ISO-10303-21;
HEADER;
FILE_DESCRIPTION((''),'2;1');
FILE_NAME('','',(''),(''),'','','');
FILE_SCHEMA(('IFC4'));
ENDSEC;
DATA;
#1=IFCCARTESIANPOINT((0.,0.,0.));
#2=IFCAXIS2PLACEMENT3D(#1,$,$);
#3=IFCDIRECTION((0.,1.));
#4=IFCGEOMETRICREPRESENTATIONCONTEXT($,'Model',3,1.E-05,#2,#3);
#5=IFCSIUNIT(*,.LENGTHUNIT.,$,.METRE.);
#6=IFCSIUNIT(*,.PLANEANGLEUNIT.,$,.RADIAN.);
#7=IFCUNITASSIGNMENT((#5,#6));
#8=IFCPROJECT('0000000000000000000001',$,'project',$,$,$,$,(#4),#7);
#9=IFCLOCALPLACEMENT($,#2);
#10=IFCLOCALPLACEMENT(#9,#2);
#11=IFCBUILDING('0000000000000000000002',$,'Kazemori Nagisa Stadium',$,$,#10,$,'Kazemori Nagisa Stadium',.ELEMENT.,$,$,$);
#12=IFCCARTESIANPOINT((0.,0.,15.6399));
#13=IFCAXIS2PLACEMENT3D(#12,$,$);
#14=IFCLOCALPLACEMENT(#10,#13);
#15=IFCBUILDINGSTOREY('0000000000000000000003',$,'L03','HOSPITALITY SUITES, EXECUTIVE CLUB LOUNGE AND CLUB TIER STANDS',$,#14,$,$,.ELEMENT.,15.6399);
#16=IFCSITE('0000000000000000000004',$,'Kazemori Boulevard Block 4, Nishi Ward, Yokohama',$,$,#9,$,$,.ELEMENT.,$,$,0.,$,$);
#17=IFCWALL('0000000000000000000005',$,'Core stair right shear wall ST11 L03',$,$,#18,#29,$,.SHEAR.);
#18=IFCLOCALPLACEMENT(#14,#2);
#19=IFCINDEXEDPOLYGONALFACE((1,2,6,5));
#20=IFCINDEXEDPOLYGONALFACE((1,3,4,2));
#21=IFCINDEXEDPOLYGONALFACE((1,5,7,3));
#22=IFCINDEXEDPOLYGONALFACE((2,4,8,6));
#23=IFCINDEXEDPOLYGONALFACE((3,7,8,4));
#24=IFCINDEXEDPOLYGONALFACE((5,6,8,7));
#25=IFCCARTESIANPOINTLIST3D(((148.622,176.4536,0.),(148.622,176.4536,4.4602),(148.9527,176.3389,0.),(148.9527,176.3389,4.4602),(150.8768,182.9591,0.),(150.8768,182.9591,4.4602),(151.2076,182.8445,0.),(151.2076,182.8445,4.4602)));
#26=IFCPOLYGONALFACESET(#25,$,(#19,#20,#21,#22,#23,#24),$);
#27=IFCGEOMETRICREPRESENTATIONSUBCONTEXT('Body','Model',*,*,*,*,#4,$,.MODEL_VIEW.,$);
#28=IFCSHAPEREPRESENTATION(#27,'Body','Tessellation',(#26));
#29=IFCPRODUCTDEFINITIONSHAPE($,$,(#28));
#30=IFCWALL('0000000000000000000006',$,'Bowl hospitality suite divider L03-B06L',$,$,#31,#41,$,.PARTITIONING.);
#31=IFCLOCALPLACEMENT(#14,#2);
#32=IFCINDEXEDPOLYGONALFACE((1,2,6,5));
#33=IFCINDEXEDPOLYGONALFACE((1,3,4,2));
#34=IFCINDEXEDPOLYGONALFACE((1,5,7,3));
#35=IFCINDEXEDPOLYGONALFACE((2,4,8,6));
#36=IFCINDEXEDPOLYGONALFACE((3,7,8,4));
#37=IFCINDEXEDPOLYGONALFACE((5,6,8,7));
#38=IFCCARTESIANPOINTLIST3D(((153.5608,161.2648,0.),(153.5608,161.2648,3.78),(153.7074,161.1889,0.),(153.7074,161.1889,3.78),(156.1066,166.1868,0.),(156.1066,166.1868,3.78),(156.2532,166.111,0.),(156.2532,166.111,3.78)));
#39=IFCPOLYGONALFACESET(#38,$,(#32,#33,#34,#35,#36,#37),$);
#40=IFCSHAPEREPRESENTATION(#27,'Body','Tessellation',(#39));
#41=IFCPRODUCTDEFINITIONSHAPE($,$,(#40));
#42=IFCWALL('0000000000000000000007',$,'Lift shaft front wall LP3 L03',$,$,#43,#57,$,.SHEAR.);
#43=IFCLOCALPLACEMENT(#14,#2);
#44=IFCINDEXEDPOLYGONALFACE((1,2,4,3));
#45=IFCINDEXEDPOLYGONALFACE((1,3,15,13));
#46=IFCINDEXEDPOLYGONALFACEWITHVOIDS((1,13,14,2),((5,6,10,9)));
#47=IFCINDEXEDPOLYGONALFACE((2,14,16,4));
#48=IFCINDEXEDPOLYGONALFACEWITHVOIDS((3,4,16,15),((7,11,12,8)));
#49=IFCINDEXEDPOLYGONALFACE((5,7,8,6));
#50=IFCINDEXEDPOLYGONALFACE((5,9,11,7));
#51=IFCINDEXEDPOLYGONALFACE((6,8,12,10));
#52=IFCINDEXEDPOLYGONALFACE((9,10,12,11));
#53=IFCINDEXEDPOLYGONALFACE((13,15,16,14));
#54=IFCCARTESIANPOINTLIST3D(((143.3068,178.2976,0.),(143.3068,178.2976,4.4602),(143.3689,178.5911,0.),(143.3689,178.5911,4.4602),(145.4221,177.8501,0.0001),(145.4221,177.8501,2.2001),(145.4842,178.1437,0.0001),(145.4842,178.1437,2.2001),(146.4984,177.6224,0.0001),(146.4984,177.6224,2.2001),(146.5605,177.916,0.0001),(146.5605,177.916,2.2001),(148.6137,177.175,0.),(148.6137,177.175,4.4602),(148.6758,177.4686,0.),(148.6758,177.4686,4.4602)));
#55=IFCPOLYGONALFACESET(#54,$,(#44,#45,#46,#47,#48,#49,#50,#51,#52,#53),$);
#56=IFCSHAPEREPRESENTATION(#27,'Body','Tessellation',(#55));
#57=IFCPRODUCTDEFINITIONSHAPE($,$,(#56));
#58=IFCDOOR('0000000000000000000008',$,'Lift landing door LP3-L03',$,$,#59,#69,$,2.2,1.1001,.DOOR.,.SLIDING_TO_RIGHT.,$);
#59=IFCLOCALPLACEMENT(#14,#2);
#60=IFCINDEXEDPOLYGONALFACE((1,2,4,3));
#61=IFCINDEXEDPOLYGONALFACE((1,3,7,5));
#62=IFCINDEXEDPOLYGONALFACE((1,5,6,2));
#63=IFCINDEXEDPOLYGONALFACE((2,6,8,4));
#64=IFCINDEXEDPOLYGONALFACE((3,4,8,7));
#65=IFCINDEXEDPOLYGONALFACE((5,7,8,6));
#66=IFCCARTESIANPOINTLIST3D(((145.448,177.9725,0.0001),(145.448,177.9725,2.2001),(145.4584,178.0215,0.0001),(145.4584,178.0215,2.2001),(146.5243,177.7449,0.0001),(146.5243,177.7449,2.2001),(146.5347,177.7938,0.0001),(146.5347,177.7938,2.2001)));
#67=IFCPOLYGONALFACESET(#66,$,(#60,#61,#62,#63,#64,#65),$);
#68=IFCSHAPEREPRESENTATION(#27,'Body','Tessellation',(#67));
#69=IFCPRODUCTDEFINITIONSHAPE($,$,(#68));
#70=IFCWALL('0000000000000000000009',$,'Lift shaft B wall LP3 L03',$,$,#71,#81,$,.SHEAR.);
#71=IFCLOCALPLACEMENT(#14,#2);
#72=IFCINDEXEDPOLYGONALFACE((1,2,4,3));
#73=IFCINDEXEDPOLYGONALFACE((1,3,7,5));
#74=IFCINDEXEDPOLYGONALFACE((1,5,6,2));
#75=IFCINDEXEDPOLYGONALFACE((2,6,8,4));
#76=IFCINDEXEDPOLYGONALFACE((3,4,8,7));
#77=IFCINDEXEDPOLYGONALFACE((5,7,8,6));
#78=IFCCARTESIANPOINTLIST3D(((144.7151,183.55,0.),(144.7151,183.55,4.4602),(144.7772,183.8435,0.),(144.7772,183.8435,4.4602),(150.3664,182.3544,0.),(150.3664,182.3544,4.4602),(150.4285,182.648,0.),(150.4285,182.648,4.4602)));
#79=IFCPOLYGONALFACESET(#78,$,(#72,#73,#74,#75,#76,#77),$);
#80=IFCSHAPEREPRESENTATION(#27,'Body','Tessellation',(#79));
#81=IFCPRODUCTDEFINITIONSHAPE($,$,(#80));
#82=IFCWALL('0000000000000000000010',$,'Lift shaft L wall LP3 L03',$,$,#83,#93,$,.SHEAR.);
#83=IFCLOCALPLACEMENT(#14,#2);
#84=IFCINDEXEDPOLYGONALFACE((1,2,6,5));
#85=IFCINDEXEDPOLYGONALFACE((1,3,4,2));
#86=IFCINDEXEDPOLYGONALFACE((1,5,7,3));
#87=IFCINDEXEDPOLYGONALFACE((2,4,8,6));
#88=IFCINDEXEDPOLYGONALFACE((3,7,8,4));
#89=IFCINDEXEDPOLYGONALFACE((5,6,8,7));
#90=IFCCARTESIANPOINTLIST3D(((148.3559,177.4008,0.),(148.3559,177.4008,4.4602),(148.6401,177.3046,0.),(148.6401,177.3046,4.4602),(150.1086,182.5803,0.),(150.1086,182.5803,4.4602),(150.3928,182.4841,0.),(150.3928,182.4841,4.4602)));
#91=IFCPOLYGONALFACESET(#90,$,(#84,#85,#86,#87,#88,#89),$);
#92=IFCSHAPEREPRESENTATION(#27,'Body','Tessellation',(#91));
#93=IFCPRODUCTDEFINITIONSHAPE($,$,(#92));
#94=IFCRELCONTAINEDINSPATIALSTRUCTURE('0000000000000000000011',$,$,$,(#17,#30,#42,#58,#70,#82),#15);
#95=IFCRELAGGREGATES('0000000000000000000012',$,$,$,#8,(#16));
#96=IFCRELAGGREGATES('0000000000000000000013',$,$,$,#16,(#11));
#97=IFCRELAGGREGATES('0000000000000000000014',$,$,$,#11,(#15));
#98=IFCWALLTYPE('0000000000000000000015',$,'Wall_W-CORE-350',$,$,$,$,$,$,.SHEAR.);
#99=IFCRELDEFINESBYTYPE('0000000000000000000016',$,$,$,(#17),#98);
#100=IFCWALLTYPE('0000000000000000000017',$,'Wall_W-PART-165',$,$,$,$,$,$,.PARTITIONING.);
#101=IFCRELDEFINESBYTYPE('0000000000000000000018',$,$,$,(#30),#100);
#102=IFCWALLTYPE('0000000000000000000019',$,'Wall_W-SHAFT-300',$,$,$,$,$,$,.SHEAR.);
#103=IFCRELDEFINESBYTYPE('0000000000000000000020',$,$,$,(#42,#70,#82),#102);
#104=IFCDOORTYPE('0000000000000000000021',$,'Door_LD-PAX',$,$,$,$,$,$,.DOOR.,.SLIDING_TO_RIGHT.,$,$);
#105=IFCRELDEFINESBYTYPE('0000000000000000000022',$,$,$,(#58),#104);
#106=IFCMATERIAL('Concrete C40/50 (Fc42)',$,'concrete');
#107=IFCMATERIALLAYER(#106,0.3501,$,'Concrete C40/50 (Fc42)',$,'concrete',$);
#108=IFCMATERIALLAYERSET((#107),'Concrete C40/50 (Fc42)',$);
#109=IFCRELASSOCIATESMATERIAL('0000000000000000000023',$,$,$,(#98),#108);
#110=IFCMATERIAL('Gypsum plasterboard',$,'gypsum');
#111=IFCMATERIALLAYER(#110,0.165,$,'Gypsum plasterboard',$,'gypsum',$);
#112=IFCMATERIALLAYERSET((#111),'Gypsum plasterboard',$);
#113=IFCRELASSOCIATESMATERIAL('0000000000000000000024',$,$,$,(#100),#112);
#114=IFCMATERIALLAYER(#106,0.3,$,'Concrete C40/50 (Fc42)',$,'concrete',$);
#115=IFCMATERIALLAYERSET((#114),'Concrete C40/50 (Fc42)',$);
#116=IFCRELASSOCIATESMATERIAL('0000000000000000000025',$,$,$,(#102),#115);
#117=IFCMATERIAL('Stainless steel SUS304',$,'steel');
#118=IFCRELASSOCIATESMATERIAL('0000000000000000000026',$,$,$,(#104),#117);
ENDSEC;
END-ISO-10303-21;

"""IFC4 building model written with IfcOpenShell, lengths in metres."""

from ifc_helpers import new_model, si_unit, direction, frame, frame_2d, origin, place, context, subcontext, project, spatial, rectangle, extrude, material, layer, layer_set, type_object, element, fill, save


model = new_model("IFC4")

# Units and contexts
model_context = context("Model", 3, precision=1e-05, world=origin(), true_north=direction((0.0, 1.0)))
body_context = subcontext(model_context, "Body", "Model", "MODEL_VIEW")
ifc_project = project(units=[si_unit("LENGTHUNIT", "METRE"), si_unit("PLANEANGLEUNIT", "RADIAN")], contexts=[model_context])

# Site, building, storey
site_placement = place(None, origin())
site = spatial("IfcSite", under=ifc_project, at=site_placement, Name="Kazemori Boulevard Block 4, Nishi Ward, Yokohama", CompositionType="ELEMENT", RefElevation=0.0)
building_placement = place(site_placement, origin())
building = spatial("IfcBuilding", under=site, at=building_placement, Name="Kazemori Nagisa Stadium", LongName="Kazemori Nagisa Stadium", CompositionType="ELEMENT")
storey_placement = place(building_placement, frame((0.0, 0.0, 15.6399)))
storey = spatial("IfcBuildingStorey", under=building, at=storey_placement, Name="L03", Description="HOSPITALITY SUITES, EXECUTIVE CLUB LOUNGE AND CLUB TIER STANDS", CompositionType="ELEMENT", Elevation=15.6399)

# Shared definitions
ifc_material_1 = material(Name="Concrete C40/50 (Fc42)", Category="concrete")

# Walls
ifc_layer_1 = layer(ifc_material_1, 0.3501, Name="Concrete C40/50 (Fc42)", Category="concrete")
ifc_layer_set_1 = layer_set([ifc_layer_1], Name="Concrete C40/50 (Fc42)")
wall_type_1 = type_object("IfcWallType", Name="Wall_W-CORE-350", PredefinedType="SHEAR", material=ifc_layer_set_1)
wall_1_placement = place(storey_placement, frame((148.7874, 176.3962, 0.0), z_axis=(0.0, 0.0, 1.0), x_axis=(0.327492, 0.944854, 0.0)))
element("IfcWall", 1, at=wall_1_placement, inside=storey, type_object=wall_type_1, Name="Core stair right shear wall ST11 L03", PredefinedType="SHEAR", context=body_context, shape_type="SweptSolid", body=[
    extrude(rectangle(XDim=6.8853, YDim=0.3501, at=frame_2d((3.4426, 0.0))), origin(), (0.0, 0.0, 1.0), 4.4602),
])
ifc_material_2 = material(Name="Gypsum plasterboard", Category="gypsum")
ifc_layer_2 = layer(ifc_material_2, 0.165, Name="Gypsum plasterboard", Category="gypsum")
ifc_layer_set_2 = layer_set([ifc_layer_2], Name="Gypsum plasterboard")
wall_type_2 = type_object("IfcWallType", Name="Wall_W-PART-165", PredefinedType="PARTITIONING", material=ifc_layer_set_2)
wall_2_placement = place(storey_placement, frame((156.1799, 166.1489, 0.0), z_axis=(0.0, 0.0, 1.0), x_axis=(-0.459419, -0.88822, 0.0)))
element("IfcWall", 2, at=wall_2_placement, inside=storey, type_object=wall_type_2, Name="Bowl hospitality suite divider L03-B06L", PredefinedType="PARTITIONING", context=body_context, shape_type="SweptSolid", body=[
    extrude(rectangle(XDim=5.5415, YDim=0.165, at=frame_2d((2.7708, 0.0))), origin(), (0.0, 0.0, 1.0), 3.78),
])

# Wall, opening, door
ifc_layer_3 = layer(ifc_material_1, 0.3, Name="Concrete C40/50 (Fc42)", Category="concrete")
ifc_layer_set_3 = layer_set([ifc_layer_3], Name="Concrete C40/50 (Fc42)")
wall_type_3 = type_object("IfcWallType", Name="Wall_W-SHAFT-300", PredefinedType="SHEAR", material=ifc_layer_set_3)
wall_3_placement = place(storey_placement, frame((148.6448, 177.3218, 0.0), z_axis=(0.0, 0.0, 1.0), x_axis=(-0.978352, 0.206949, 0.0)))
wall_3 = element("IfcWall", 3, at=wall_3_placement, inside=storey, type_object=wall_type_3, Name="Lift shaft front wall LP3 L03", PredefinedType="SHEAR", context=body_context, shape_type="SweptSolid", body=[
    extrude(rectangle(XDim=5.4243, YDim=0.3, at=frame_2d((2.7122, 0.0))), origin(), (0.0, 0.0, 1.0), 4.4602),
])
opening_placement = place(wall_3_placement, frame((2.1621, 0.0, 0.0)))
opening = element("IfcOpeningElement", 4, at=opening_placement, cuts=wall_3, PredefinedType="OPENING", context=body_context, shape_type="SweptSolid", body=[
    extrude(rectangle(XDim=1.1001, YDim=2.2, at=frame_2d((0.55, 1.1001))), frame((0.0, 0.1599, 0.0), z_axis=(0.0, -1.0, 0.0), x_axis=(1.0, 0.0, 0.0)), (0.0, 0.0, 1.0), 0.3201),
])
ifc_material_3 = material(Name="Stainless steel SUS304", Category="steel")
door_type = type_object("IfcDoorType", Name="Door_LD-PAX", OperationType="SLIDING_TO_RIGHT", PredefinedType="DOOR", material=ifc_material_3)
door_placement = place(opening_placement, origin())
door = element("IfcDoor", 5, at=door_placement, inside=storey, type_object=door_type, Name="Lift landing door LP3-L03", OperationType="SLIDING_TO_RIGHT", OverallHeight=2.2, OverallWidth=1.1001, PredefinedType="DOOR", context=body_context, shape_type="SweptSolid", body=[
    extrude(rectangle(XDim=1.1001, YDim=2.2, at=frame_2d((0.55, 1.1001))), frame((0.0, 0.0249, 0.0), z_axis=(0.0, -1.0, 0.0), x_axis=(1.0, 0.0, 0.0)), (0.0, 0.0, 1.0), 0.05),
])
fill(opening, door)

# Walls
wall_4_placement = place(storey_placement, frame((150.3975, 182.5012, 0.0), z_axis=(0.0, 0.0, 1.0), x_axis=(-0.978347, 0.206971, 0.0)))
element("IfcWall", 6, at=wall_4_placement, inside=storey, type_object=wall_type_3, Name="Lift shaft B wall LP3 L03", PredefinedType="SHEAR", context=body_context, shape_type="SweptSolid", body=[
    extrude(rectangle(XDim=5.7764, YDim=0.3, at=frame_2d((2.8882, 0.0))), origin(), (0.0, 0.0, 1.0), 4.4602),
])
wall_5_placement = place(storey_placement, frame((148.498, 177.3528, 0.0), z_axis=(0.0, 0.0, 1.0), x_axis=(0.320538, 0.947236, 0.0)))
element("IfcWall", 7, at=wall_5_placement, inside=storey, type_object=wall_type_3, Name="Lift shaft L wall LP3 L03", PredefinedType="SHEAR", context=body_context, shape_type="SweptSolid", body=[
    extrude(rectangle(XDim=5.468, YDim=0.3, at=frame_2d((2.7339, 0.0))), origin(), (0.0, 0.0, 1.0), 4.4602),
])

save(model, "model.ifc")
